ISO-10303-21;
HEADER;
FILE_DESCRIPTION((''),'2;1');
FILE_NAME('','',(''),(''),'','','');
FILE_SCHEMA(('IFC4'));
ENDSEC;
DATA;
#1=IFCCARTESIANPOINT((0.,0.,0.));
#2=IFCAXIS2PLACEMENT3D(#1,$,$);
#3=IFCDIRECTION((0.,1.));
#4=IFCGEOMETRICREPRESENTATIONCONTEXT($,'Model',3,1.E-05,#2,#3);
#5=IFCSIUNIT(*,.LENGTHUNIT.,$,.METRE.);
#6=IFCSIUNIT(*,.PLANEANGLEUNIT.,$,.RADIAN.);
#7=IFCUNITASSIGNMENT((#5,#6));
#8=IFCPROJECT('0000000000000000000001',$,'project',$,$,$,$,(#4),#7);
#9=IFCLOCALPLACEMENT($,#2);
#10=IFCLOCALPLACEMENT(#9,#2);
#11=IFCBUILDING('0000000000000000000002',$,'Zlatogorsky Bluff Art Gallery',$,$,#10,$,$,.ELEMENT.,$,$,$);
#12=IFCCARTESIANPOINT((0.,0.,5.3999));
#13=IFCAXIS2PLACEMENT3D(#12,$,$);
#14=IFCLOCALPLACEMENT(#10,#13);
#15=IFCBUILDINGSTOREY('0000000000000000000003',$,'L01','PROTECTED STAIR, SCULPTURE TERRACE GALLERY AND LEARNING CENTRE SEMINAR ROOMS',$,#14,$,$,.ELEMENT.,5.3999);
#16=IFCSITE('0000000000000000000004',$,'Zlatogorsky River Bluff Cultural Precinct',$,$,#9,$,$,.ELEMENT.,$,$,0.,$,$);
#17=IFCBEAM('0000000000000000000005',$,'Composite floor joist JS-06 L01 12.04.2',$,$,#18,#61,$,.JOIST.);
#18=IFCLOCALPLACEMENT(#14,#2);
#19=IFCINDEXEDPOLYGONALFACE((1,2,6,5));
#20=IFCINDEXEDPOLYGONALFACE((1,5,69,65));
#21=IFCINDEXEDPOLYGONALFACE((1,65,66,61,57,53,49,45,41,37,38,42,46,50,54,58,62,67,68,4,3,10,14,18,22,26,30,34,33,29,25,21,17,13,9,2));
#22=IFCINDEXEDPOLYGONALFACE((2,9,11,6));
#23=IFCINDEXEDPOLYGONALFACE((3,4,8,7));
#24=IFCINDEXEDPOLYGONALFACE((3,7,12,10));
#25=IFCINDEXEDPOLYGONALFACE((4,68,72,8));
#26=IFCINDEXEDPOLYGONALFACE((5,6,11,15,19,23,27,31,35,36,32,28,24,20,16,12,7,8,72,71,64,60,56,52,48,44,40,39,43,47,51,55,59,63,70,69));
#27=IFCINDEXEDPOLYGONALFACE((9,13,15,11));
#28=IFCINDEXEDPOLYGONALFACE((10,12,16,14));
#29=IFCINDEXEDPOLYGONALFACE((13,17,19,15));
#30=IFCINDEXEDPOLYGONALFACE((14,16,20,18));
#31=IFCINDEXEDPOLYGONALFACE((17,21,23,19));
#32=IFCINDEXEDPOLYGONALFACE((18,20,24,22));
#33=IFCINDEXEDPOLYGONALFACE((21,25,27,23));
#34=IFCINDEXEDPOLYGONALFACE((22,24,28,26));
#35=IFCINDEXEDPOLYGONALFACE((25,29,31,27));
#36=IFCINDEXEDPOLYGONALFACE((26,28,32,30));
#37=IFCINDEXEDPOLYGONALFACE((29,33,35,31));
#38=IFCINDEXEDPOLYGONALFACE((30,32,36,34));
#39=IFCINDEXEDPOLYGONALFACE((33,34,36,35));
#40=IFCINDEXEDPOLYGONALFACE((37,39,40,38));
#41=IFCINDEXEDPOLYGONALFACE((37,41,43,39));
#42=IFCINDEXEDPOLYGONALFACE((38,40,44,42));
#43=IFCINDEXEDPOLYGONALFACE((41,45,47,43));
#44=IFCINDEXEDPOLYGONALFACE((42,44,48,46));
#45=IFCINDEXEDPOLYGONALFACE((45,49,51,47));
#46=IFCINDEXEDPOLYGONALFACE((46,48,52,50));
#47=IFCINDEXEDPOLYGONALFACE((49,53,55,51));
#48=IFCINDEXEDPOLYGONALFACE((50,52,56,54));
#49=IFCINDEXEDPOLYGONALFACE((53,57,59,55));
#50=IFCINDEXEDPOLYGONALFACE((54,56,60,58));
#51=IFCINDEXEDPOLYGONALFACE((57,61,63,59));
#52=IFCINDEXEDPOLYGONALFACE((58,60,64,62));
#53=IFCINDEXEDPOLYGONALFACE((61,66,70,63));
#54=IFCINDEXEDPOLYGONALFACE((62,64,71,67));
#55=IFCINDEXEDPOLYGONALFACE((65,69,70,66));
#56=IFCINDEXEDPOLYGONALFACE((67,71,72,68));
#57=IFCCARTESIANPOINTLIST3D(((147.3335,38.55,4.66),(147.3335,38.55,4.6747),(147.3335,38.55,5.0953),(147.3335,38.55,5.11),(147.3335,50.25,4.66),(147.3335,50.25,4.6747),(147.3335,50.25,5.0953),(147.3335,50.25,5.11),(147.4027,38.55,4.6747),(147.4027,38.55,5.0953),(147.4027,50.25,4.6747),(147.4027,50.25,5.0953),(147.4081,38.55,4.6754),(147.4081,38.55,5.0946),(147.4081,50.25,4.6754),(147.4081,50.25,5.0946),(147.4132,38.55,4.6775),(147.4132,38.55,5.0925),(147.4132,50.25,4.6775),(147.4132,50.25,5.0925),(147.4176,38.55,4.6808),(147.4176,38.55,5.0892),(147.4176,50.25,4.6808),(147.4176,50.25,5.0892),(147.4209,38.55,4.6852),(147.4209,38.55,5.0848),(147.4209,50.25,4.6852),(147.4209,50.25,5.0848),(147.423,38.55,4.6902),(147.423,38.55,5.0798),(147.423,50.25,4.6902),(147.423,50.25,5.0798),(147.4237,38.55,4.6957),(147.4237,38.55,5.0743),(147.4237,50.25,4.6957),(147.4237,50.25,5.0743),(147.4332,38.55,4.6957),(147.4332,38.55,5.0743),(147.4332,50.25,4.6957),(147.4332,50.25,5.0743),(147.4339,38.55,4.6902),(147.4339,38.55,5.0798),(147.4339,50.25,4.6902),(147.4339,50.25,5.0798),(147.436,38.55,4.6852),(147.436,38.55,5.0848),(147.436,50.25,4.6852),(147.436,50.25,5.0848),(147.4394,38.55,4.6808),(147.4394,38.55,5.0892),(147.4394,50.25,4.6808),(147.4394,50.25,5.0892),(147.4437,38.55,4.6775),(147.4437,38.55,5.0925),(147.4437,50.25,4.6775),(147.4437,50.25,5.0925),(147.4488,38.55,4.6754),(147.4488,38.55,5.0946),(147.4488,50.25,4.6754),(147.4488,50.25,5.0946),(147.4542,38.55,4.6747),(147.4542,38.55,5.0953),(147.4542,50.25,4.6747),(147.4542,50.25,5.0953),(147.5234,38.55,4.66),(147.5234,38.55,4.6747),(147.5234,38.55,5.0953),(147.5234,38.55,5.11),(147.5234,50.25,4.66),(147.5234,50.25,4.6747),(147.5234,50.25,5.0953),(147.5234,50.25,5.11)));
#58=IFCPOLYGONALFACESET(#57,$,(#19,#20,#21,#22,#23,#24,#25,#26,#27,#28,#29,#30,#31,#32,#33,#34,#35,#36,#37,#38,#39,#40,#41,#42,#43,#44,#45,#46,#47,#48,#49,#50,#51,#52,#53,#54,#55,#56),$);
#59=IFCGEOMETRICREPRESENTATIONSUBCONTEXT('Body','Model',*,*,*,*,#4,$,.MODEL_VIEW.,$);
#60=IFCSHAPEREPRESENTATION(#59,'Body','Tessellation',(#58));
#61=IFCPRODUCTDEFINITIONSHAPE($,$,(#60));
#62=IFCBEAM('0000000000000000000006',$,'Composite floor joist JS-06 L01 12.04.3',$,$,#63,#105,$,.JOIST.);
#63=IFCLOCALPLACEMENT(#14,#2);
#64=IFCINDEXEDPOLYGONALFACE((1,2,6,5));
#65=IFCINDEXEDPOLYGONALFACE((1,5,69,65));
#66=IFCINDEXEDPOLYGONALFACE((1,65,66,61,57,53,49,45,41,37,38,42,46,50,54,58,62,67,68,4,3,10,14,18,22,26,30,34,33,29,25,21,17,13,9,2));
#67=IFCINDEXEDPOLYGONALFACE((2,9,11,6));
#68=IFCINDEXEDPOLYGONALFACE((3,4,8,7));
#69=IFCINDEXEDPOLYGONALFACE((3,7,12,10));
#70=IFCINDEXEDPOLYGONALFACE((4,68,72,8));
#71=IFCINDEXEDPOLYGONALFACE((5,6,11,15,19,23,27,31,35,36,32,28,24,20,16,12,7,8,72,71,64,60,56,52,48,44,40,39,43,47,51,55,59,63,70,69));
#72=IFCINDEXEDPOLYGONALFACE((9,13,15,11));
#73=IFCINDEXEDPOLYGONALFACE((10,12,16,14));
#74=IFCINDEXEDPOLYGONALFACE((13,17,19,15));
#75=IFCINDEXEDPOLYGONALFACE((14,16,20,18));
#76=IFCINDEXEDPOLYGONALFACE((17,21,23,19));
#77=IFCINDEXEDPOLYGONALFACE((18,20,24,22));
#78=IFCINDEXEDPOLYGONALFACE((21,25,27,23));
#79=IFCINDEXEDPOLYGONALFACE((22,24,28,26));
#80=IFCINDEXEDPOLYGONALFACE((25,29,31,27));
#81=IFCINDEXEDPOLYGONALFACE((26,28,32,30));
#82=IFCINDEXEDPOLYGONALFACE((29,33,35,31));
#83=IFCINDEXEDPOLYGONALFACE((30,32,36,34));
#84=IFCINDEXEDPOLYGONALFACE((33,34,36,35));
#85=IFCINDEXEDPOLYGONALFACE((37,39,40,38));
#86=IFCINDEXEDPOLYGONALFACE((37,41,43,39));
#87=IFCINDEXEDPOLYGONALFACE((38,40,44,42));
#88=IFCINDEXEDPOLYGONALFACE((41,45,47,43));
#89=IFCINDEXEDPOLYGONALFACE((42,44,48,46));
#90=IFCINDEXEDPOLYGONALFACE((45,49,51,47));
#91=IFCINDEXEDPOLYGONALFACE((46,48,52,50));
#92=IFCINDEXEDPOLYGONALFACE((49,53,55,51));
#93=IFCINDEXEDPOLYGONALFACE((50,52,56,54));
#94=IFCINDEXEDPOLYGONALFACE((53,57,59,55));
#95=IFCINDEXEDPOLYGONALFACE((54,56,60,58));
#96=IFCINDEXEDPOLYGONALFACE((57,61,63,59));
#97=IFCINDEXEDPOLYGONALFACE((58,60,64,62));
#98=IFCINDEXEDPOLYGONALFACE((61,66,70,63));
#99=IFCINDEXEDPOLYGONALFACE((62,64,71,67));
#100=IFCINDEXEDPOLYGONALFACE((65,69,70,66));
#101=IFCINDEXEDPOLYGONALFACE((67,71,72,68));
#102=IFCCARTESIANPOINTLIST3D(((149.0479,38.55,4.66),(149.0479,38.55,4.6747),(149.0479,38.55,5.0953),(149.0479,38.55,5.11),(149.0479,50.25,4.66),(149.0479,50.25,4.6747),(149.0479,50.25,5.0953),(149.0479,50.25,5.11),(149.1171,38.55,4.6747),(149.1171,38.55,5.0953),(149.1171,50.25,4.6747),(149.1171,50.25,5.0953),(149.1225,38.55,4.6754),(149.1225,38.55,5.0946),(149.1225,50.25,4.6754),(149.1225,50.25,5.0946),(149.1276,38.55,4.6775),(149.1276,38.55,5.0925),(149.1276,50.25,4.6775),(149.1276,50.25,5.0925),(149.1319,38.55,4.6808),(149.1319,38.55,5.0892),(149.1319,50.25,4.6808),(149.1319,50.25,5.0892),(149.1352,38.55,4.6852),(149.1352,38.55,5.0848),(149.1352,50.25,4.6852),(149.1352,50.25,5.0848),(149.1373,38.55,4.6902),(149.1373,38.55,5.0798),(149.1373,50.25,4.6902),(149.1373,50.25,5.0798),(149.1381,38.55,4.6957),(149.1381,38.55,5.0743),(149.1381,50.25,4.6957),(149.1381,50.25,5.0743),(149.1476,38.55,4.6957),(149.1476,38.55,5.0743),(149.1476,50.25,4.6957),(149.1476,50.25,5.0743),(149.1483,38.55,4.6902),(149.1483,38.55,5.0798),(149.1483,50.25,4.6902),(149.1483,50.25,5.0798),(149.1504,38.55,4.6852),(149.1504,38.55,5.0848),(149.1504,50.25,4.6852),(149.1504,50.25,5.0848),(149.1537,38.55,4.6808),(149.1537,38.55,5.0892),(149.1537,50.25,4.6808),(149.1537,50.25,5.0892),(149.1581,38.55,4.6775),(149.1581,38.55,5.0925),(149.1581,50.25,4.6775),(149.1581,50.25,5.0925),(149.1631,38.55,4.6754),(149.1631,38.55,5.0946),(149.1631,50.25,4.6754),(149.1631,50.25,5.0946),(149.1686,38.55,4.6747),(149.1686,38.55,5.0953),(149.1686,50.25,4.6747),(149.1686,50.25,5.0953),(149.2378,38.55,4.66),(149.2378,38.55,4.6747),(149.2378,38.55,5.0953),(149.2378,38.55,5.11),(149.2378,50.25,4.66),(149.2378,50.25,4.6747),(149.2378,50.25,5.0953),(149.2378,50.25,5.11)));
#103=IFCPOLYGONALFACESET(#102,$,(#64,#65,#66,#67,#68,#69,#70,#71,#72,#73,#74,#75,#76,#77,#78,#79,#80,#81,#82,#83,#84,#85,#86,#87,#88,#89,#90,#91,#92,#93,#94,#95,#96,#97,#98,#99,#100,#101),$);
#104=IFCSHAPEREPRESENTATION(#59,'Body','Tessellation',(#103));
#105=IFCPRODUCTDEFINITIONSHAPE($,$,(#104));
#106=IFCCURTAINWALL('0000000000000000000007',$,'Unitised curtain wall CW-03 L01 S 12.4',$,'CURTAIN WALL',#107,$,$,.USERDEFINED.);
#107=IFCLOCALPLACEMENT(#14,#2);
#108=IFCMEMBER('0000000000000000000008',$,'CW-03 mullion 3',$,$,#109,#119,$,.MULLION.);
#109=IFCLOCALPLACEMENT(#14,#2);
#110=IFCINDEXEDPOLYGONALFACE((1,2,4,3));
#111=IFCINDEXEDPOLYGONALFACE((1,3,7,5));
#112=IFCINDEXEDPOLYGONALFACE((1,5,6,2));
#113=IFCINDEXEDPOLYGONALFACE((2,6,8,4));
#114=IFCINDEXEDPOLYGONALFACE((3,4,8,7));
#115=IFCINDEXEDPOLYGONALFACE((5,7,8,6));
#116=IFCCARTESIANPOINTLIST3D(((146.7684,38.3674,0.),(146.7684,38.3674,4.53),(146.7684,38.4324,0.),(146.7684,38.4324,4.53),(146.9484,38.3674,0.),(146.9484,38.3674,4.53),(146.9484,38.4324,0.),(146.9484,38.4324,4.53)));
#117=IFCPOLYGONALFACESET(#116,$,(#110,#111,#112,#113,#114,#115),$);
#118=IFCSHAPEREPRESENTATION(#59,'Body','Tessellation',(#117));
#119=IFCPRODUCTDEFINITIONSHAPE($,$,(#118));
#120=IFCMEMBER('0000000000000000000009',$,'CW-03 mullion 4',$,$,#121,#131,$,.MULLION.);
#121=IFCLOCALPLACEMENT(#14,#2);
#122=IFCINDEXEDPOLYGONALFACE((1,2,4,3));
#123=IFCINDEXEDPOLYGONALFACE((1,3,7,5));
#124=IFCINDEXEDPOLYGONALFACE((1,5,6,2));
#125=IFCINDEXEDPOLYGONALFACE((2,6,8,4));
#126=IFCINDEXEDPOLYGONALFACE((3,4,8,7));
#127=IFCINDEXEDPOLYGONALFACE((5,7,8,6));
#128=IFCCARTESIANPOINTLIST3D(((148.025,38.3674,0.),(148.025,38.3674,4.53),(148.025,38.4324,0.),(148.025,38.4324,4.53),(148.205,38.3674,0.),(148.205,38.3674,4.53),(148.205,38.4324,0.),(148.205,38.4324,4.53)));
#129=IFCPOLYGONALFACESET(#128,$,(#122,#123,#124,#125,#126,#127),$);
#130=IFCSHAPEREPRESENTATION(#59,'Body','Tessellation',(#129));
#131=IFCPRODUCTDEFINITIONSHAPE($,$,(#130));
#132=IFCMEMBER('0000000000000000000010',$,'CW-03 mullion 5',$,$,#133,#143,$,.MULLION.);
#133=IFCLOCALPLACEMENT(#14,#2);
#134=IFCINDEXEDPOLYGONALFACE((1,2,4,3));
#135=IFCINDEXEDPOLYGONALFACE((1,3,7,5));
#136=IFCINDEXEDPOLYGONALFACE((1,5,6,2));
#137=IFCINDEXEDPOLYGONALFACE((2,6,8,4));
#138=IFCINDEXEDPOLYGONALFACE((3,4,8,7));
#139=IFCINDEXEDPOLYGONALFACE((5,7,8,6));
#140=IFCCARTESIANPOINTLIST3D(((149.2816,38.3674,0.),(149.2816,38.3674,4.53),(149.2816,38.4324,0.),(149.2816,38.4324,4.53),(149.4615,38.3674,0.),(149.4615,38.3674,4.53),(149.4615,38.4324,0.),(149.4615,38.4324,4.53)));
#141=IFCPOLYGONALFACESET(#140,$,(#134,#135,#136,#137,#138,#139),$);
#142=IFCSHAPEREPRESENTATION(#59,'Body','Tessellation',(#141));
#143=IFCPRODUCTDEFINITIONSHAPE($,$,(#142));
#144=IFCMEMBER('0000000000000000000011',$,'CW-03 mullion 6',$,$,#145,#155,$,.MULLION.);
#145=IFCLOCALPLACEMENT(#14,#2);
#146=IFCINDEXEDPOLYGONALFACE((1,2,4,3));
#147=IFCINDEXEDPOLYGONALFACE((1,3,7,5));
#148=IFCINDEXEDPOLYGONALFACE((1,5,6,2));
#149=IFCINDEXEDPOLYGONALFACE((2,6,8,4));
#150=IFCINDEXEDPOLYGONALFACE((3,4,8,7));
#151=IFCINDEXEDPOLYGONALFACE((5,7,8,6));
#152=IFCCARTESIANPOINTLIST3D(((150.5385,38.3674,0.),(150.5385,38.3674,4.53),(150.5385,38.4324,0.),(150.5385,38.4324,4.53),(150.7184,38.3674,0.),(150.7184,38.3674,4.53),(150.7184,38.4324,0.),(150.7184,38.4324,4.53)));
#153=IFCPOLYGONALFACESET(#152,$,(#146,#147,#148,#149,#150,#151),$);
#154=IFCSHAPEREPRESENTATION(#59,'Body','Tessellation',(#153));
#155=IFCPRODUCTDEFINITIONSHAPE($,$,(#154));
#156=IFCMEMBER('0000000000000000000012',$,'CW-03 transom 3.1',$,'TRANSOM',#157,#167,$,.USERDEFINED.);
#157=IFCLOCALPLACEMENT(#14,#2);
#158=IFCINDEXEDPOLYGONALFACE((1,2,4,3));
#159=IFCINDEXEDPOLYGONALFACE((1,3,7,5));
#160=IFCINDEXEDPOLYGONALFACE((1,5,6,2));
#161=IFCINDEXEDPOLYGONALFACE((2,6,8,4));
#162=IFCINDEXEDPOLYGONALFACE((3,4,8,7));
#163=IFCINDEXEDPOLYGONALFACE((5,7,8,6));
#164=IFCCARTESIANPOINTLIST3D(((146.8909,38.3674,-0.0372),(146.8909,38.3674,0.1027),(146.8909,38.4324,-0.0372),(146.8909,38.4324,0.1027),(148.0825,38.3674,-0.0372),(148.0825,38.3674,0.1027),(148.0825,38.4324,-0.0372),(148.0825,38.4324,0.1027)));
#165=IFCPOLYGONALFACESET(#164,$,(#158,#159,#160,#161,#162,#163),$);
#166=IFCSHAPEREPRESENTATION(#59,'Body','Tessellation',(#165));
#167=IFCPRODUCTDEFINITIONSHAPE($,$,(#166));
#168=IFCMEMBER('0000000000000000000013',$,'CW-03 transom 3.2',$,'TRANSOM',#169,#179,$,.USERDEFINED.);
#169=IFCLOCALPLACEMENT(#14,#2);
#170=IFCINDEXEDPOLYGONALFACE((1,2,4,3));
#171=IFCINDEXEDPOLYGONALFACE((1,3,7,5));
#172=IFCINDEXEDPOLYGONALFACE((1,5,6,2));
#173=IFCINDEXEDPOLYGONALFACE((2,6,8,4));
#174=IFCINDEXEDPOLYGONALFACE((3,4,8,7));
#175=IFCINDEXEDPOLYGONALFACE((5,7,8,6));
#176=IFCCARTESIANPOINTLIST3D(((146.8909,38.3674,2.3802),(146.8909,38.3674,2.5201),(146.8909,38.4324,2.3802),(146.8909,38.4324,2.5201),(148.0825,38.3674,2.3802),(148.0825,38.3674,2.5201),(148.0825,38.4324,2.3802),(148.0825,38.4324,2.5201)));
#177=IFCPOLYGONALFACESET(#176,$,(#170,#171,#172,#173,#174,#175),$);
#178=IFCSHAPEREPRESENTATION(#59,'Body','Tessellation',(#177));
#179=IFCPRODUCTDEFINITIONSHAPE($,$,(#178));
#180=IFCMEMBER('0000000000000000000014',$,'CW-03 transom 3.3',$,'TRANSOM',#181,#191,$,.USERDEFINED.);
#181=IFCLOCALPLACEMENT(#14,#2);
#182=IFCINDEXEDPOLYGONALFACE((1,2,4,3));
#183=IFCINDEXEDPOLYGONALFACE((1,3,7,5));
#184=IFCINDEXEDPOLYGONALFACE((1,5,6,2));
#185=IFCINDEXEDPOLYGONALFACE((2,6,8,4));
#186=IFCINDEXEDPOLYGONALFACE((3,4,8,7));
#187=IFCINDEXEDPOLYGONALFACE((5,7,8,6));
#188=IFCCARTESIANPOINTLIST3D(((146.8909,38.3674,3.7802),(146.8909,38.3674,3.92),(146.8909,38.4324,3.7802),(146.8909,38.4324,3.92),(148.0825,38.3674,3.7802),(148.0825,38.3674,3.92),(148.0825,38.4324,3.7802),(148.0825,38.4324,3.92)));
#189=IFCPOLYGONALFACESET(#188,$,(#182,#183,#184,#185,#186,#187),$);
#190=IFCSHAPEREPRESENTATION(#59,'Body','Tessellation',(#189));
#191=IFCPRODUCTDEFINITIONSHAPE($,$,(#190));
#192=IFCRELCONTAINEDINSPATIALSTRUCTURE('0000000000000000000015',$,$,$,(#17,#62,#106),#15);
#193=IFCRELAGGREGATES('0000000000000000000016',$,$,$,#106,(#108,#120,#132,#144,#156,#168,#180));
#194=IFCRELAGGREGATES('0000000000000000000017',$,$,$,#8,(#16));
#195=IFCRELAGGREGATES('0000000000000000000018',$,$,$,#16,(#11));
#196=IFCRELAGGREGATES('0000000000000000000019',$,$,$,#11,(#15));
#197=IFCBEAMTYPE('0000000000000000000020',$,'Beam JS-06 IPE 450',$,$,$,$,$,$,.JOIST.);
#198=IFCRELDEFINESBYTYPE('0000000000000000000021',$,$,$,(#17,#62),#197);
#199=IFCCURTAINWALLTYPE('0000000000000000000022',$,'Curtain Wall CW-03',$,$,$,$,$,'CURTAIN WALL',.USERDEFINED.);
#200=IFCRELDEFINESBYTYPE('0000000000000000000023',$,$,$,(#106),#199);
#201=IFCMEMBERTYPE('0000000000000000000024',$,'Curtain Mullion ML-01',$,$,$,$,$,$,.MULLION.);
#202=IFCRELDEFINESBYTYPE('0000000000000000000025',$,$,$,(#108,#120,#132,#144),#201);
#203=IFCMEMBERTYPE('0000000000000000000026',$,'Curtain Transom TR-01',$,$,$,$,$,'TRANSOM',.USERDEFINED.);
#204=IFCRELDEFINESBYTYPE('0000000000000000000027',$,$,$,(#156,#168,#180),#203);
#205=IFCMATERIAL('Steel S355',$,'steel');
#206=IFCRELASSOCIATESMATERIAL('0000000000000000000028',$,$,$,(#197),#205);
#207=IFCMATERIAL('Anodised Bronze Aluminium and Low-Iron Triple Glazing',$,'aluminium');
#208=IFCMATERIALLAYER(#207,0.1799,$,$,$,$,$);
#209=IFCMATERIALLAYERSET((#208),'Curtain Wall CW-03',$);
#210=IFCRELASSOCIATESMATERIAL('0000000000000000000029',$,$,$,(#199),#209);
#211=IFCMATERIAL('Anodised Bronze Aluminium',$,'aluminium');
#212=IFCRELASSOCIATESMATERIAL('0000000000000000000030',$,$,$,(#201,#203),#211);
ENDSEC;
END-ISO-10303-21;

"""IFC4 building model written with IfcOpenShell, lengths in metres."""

from ifc_helpers import new_model, si_unit, direction, frame, origin, origin_2d, place, context, subcontext, project, spatial, rectangle, i_section, extrude, material, layer, layer_set, material_profile, profile_set, type_object, element, aggregate, save


model = new_model("IFC4")

# Units and contexts
model_context = context("Model", 3, precision=1e-05, world=origin(), true_north=direction((0.0, 1.0)))
body_context = subcontext(model_context, "Body", "Model", "MODEL_VIEW")
ifc_project = project(units=[si_unit("LENGTHUNIT", "METRE"), si_unit("PLANEANGLEUNIT", "RADIAN")], contexts=[model_context])

# Site, building, storey
site_placement = place(None, origin())
site = spatial("IfcSite", under=ifc_project, at=site_placement, Name="Zlatogorsky River Bluff Cultural Precinct", CompositionType="ELEMENT", RefElevation=0.0)
building_placement = place(site_placement, origin())
building = spatial("IfcBuilding", under=site, at=building_placement, Name="Zlatogorsky Bluff Art Gallery", CompositionType="ELEMENT")
storey_placement = place(building_placement, frame((0.0, 0.0, 5.3999)))
storey = spatial("IfcBuildingStorey", under=building, at=storey_placement, Name="L01", Description="PROTECTED STAIR, SCULPTURE TERRACE GALLERY AND LEARNING CENTRE SEMINAR ROOMS", CompositionType="ELEMENT", Elevation=5.3999)

# Beams
ifc_material_1 = material(Name="Steel S355", Category="steel")
ifc_material_profile_1 = material_profile(ifc_material_1, i_section(OverallWidth=0.1899, OverallDepth=0.45, WebThickness=0.0095, FlangeThickness=0.0146, FilletRadius=0.021, at=origin_2d()), Name="IPE 450")
ifc_profile_set_1 = profile_set([ifc_material_profile_1], Name="Steel S355")
beam_type = type_object("IfcBeamType", Name="Beam JS-06 IPE 450", PredefinedType="JOIST", material=ifc_profile_set_1)
for number, where, z_axis, x_axis, name in (
    (1, (147.4285, 38.55, 4.885), (0.0, 1.0, 0.0), (-1.0, 0.0, 0.0), "Composite floor joist JS-06 L01 12.04.2"),
    (2, (149.1428, 38.55, 4.885), (0.0, 1.0, 0.0), (-1.0, 0.0, 0.0), "Composite floor joist JS-06 L01 12.04.3"),
):
    element("IfcBeam", number, at=place(storey_placement, frame(where, z_axis=z_axis, x_axis=x_axis)), inside=storey, type_object=beam_type, Name=name, PredefinedType="JOIST", context=body_context, shape_type="SweptSolid", body=[
        extrude(i_section(OverallWidth=0.1899, OverallDepth=0.45, WebThickness=0.0095, FlangeThickness=0.0146, FilletRadius=0.021, at=origin_2d()), origin(), (0.0, 0.0, 1.0), 11.7),
    ])

# Curtain wall, members
ifc_material_2 = material(Name="Anodised Bronze Aluminium and Low-Iron Triple Glazing", Category="aluminium")
ifc_layer_1 = layer(ifc_material_2, 0.1799)
ifc_layer_set_1 = layer_set([ifc_layer_1], Name="Curtain Wall CW-03")
curtain_wall_type = type_object("IfcCurtainWallType", Name="Curtain Wall CW-03", ElementType="CURTAIN WALL", PredefinedType="USERDEFINED", material=ifc_layer_set_1)
curtain_wall_placement = place(storey_placement, origin())
curtain_wall = element("IfcCurtainWall", 3, at=curtain_wall_placement, inside=storey, type_object=curtain_wall_type, Name="Unitised curtain wall CW-03 L01 S 12.4", ObjectType="CURTAIN WALL", PredefinedType="USERDEFINED")
ifc_material_3 = material(Name="Anodised Bronze Aluminium", Category="aluminium")
ifc_material_profile_2 = material_profile(ifc_material_3, rectangle(XDim=0.0649, YDim=0.1799, at=origin_2d()), Name="ALU MULLION 65x180")
ifc_profile_set_2 = profile_set([ifc_material_profile_2], Name="Anodised Bronze Aluminium")
member_type_1 = type_object("IfcMemberType", Name="Curtain Mullion ML-01", PredefinedType="MULLION", material=ifc_profile_set_2)
member_1_placement = place(storey_placement, frame((146.8584, 38.3999, 0.0), z_axis=(0.0, 0.0, 1.0), x_axis=(0.0, 1.0, 0.0)))
member_1 = element("IfcMember", 4, at=member_1_placement, type_object=member_type_1, Name="CW-03 mullion 3", PredefinedType="MULLION", context=body_context, shape_type="SweptSolid", body=[
    extrude(rectangle(XDim=0.0649, YDim=0.1799, at=origin_2d()), origin(), (0.0, 0.0, 1.0), 4.53),
])
member_2_placement = place(storey_placement, frame((148.115, 38.3999, 0.0), z_axis=(0.0, 0.0, 1.0), x_axis=(0.0, 1.0, 0.0)))
member_2 = element("IfcMember", 5, at=member_2_placement, type_object=member_type_1, Name="CW-03 mullion 4", PredefinedType="MULLION", context=body_context, shape_type="SweptSolid", body=[
    extrude(rectangle(XDim=0.0649, YDim=0.1799, at=origin_2d()), origin(), (0.0, 0.0, 1.0), 4.53),
])
member_3_placement = place(storey_placement, frame((149.3716, 38.3999, 0.0), z_axis=(0.0, 0.0, 1.0), x_axis=(0.0, 1.0, 0.0)))
member_3 = element("IfcMember", 6, at=member_3_placement, type_object=member_type_1, Name="CW-03 mullion 5", PredefinedType="MULLION", context=body_context, shape_type="SweptSolid", body=[
    extrude(rectangle(XDim=0.0649, YDim=0.1799, at=origin_2d()), origin(), (0.0, 0.0, 1.0), 4.53),
])
member_4_placement = place(storey_placement, frame((150.6284, 38.3999, 0.0), z_axis=(0.0, 0.0, 1.0), x_axis=(0.0, 1.0, 0.0)))
member_4 = element("IfcMember", 7, at=member_4_placement, type_object=member_type_1, Name="CW-03 mullion 6", PredefinedType="MULLION", context=body_context, shape_type="SweptSolid", body=[
    extrude(rectangle(XDim=0.0649, YDim=0.1799, at=origin_2d()), origin(), (0.0, 0.0, 1.0), 4.53),
])
ifc_material_profile_3 = material_profile(ifc_material_3, rectangle(XDim=0.0649, YDim=0.1399, at=origin_2d()), Name="ALU TRANSOM 65x140")
ifc_profile_set_3 = profile_set([ifc_material_profile_3], Name="Anodised Bronze Aluminium")
member_type_2 = type_object("IfcMemberType", Name="Curtain Transom TR-01", ElementType="TRANSOM", PredefinedType="USERDEFINED", material=ifc_profile_set_3)
member_5_placement = place(storey_placement, frame((146.8909, 38.3999, 0.0327), z_axis=(1.0, 0.0, 0.0), x_axis=(0.0, 1.0, 0.0)))
member_5 = element("IfcMember", 8, at=member_5_placement, type_object=member_type_2, Name="CW-03 transom 3.1", ObjectType="TRANSOM", PredefinedType="USERDEFINED", context=body_context, shape_type="SweptSolid", body=[
    extrude(rectangle(XDim=0.0649, YDim=0.1399, at=origin_2d()), origin(), (0.0, 0.0, 1.0), 1.1917),
])
member_6_placement = place(storey_placement, frame((146.8909, 38.3999, 2.4502), z_axis=(1.0, 0.0, 0.0), x_axis=(0.0, 1.0, 0.0)))
member_6 = element("IfcMember", 9, at=member_6_placement, type_object=member_type_2, Name="CW-03 transom 3.2", ObjectType="TRANSOM", PredefinedType="USERDEFINED", context=body_context, shape_type="SweptSolid", body=[
    extrude(rectangle(XDim=0.0649, YDim=0.1399, at=origin_2d()), origin(), (0.0, 0.0, 1.0), 1.1917),
])
member_7_placement = place(storey_placement, frame((146.8909, 38.3999, 3.8501), z_axis=(1.0, 0.0, 0.0), x_axis=(0.0, 1.0, 0.0)))
member_7 = element("IfcMember", 10, at=member_7_placement, type_object=member_type_2, Name="CW-03 transom 3.3", ObjectType="TRANSOM", PredefinedType="USERDEFINED", context=body_context, shape_type="SweptSolid", body=[
    extrude(rectangle(XDim=0.0649, YDim=0.1399, at=origin_2d()), origin(), (0.0, 0.0, 1.0), 1.1917),
])
aggregate(curtain_wall, [member_1, member_2, member_3, member_4, member_5, member_6, member_7])

save(model, "model.ifc")
